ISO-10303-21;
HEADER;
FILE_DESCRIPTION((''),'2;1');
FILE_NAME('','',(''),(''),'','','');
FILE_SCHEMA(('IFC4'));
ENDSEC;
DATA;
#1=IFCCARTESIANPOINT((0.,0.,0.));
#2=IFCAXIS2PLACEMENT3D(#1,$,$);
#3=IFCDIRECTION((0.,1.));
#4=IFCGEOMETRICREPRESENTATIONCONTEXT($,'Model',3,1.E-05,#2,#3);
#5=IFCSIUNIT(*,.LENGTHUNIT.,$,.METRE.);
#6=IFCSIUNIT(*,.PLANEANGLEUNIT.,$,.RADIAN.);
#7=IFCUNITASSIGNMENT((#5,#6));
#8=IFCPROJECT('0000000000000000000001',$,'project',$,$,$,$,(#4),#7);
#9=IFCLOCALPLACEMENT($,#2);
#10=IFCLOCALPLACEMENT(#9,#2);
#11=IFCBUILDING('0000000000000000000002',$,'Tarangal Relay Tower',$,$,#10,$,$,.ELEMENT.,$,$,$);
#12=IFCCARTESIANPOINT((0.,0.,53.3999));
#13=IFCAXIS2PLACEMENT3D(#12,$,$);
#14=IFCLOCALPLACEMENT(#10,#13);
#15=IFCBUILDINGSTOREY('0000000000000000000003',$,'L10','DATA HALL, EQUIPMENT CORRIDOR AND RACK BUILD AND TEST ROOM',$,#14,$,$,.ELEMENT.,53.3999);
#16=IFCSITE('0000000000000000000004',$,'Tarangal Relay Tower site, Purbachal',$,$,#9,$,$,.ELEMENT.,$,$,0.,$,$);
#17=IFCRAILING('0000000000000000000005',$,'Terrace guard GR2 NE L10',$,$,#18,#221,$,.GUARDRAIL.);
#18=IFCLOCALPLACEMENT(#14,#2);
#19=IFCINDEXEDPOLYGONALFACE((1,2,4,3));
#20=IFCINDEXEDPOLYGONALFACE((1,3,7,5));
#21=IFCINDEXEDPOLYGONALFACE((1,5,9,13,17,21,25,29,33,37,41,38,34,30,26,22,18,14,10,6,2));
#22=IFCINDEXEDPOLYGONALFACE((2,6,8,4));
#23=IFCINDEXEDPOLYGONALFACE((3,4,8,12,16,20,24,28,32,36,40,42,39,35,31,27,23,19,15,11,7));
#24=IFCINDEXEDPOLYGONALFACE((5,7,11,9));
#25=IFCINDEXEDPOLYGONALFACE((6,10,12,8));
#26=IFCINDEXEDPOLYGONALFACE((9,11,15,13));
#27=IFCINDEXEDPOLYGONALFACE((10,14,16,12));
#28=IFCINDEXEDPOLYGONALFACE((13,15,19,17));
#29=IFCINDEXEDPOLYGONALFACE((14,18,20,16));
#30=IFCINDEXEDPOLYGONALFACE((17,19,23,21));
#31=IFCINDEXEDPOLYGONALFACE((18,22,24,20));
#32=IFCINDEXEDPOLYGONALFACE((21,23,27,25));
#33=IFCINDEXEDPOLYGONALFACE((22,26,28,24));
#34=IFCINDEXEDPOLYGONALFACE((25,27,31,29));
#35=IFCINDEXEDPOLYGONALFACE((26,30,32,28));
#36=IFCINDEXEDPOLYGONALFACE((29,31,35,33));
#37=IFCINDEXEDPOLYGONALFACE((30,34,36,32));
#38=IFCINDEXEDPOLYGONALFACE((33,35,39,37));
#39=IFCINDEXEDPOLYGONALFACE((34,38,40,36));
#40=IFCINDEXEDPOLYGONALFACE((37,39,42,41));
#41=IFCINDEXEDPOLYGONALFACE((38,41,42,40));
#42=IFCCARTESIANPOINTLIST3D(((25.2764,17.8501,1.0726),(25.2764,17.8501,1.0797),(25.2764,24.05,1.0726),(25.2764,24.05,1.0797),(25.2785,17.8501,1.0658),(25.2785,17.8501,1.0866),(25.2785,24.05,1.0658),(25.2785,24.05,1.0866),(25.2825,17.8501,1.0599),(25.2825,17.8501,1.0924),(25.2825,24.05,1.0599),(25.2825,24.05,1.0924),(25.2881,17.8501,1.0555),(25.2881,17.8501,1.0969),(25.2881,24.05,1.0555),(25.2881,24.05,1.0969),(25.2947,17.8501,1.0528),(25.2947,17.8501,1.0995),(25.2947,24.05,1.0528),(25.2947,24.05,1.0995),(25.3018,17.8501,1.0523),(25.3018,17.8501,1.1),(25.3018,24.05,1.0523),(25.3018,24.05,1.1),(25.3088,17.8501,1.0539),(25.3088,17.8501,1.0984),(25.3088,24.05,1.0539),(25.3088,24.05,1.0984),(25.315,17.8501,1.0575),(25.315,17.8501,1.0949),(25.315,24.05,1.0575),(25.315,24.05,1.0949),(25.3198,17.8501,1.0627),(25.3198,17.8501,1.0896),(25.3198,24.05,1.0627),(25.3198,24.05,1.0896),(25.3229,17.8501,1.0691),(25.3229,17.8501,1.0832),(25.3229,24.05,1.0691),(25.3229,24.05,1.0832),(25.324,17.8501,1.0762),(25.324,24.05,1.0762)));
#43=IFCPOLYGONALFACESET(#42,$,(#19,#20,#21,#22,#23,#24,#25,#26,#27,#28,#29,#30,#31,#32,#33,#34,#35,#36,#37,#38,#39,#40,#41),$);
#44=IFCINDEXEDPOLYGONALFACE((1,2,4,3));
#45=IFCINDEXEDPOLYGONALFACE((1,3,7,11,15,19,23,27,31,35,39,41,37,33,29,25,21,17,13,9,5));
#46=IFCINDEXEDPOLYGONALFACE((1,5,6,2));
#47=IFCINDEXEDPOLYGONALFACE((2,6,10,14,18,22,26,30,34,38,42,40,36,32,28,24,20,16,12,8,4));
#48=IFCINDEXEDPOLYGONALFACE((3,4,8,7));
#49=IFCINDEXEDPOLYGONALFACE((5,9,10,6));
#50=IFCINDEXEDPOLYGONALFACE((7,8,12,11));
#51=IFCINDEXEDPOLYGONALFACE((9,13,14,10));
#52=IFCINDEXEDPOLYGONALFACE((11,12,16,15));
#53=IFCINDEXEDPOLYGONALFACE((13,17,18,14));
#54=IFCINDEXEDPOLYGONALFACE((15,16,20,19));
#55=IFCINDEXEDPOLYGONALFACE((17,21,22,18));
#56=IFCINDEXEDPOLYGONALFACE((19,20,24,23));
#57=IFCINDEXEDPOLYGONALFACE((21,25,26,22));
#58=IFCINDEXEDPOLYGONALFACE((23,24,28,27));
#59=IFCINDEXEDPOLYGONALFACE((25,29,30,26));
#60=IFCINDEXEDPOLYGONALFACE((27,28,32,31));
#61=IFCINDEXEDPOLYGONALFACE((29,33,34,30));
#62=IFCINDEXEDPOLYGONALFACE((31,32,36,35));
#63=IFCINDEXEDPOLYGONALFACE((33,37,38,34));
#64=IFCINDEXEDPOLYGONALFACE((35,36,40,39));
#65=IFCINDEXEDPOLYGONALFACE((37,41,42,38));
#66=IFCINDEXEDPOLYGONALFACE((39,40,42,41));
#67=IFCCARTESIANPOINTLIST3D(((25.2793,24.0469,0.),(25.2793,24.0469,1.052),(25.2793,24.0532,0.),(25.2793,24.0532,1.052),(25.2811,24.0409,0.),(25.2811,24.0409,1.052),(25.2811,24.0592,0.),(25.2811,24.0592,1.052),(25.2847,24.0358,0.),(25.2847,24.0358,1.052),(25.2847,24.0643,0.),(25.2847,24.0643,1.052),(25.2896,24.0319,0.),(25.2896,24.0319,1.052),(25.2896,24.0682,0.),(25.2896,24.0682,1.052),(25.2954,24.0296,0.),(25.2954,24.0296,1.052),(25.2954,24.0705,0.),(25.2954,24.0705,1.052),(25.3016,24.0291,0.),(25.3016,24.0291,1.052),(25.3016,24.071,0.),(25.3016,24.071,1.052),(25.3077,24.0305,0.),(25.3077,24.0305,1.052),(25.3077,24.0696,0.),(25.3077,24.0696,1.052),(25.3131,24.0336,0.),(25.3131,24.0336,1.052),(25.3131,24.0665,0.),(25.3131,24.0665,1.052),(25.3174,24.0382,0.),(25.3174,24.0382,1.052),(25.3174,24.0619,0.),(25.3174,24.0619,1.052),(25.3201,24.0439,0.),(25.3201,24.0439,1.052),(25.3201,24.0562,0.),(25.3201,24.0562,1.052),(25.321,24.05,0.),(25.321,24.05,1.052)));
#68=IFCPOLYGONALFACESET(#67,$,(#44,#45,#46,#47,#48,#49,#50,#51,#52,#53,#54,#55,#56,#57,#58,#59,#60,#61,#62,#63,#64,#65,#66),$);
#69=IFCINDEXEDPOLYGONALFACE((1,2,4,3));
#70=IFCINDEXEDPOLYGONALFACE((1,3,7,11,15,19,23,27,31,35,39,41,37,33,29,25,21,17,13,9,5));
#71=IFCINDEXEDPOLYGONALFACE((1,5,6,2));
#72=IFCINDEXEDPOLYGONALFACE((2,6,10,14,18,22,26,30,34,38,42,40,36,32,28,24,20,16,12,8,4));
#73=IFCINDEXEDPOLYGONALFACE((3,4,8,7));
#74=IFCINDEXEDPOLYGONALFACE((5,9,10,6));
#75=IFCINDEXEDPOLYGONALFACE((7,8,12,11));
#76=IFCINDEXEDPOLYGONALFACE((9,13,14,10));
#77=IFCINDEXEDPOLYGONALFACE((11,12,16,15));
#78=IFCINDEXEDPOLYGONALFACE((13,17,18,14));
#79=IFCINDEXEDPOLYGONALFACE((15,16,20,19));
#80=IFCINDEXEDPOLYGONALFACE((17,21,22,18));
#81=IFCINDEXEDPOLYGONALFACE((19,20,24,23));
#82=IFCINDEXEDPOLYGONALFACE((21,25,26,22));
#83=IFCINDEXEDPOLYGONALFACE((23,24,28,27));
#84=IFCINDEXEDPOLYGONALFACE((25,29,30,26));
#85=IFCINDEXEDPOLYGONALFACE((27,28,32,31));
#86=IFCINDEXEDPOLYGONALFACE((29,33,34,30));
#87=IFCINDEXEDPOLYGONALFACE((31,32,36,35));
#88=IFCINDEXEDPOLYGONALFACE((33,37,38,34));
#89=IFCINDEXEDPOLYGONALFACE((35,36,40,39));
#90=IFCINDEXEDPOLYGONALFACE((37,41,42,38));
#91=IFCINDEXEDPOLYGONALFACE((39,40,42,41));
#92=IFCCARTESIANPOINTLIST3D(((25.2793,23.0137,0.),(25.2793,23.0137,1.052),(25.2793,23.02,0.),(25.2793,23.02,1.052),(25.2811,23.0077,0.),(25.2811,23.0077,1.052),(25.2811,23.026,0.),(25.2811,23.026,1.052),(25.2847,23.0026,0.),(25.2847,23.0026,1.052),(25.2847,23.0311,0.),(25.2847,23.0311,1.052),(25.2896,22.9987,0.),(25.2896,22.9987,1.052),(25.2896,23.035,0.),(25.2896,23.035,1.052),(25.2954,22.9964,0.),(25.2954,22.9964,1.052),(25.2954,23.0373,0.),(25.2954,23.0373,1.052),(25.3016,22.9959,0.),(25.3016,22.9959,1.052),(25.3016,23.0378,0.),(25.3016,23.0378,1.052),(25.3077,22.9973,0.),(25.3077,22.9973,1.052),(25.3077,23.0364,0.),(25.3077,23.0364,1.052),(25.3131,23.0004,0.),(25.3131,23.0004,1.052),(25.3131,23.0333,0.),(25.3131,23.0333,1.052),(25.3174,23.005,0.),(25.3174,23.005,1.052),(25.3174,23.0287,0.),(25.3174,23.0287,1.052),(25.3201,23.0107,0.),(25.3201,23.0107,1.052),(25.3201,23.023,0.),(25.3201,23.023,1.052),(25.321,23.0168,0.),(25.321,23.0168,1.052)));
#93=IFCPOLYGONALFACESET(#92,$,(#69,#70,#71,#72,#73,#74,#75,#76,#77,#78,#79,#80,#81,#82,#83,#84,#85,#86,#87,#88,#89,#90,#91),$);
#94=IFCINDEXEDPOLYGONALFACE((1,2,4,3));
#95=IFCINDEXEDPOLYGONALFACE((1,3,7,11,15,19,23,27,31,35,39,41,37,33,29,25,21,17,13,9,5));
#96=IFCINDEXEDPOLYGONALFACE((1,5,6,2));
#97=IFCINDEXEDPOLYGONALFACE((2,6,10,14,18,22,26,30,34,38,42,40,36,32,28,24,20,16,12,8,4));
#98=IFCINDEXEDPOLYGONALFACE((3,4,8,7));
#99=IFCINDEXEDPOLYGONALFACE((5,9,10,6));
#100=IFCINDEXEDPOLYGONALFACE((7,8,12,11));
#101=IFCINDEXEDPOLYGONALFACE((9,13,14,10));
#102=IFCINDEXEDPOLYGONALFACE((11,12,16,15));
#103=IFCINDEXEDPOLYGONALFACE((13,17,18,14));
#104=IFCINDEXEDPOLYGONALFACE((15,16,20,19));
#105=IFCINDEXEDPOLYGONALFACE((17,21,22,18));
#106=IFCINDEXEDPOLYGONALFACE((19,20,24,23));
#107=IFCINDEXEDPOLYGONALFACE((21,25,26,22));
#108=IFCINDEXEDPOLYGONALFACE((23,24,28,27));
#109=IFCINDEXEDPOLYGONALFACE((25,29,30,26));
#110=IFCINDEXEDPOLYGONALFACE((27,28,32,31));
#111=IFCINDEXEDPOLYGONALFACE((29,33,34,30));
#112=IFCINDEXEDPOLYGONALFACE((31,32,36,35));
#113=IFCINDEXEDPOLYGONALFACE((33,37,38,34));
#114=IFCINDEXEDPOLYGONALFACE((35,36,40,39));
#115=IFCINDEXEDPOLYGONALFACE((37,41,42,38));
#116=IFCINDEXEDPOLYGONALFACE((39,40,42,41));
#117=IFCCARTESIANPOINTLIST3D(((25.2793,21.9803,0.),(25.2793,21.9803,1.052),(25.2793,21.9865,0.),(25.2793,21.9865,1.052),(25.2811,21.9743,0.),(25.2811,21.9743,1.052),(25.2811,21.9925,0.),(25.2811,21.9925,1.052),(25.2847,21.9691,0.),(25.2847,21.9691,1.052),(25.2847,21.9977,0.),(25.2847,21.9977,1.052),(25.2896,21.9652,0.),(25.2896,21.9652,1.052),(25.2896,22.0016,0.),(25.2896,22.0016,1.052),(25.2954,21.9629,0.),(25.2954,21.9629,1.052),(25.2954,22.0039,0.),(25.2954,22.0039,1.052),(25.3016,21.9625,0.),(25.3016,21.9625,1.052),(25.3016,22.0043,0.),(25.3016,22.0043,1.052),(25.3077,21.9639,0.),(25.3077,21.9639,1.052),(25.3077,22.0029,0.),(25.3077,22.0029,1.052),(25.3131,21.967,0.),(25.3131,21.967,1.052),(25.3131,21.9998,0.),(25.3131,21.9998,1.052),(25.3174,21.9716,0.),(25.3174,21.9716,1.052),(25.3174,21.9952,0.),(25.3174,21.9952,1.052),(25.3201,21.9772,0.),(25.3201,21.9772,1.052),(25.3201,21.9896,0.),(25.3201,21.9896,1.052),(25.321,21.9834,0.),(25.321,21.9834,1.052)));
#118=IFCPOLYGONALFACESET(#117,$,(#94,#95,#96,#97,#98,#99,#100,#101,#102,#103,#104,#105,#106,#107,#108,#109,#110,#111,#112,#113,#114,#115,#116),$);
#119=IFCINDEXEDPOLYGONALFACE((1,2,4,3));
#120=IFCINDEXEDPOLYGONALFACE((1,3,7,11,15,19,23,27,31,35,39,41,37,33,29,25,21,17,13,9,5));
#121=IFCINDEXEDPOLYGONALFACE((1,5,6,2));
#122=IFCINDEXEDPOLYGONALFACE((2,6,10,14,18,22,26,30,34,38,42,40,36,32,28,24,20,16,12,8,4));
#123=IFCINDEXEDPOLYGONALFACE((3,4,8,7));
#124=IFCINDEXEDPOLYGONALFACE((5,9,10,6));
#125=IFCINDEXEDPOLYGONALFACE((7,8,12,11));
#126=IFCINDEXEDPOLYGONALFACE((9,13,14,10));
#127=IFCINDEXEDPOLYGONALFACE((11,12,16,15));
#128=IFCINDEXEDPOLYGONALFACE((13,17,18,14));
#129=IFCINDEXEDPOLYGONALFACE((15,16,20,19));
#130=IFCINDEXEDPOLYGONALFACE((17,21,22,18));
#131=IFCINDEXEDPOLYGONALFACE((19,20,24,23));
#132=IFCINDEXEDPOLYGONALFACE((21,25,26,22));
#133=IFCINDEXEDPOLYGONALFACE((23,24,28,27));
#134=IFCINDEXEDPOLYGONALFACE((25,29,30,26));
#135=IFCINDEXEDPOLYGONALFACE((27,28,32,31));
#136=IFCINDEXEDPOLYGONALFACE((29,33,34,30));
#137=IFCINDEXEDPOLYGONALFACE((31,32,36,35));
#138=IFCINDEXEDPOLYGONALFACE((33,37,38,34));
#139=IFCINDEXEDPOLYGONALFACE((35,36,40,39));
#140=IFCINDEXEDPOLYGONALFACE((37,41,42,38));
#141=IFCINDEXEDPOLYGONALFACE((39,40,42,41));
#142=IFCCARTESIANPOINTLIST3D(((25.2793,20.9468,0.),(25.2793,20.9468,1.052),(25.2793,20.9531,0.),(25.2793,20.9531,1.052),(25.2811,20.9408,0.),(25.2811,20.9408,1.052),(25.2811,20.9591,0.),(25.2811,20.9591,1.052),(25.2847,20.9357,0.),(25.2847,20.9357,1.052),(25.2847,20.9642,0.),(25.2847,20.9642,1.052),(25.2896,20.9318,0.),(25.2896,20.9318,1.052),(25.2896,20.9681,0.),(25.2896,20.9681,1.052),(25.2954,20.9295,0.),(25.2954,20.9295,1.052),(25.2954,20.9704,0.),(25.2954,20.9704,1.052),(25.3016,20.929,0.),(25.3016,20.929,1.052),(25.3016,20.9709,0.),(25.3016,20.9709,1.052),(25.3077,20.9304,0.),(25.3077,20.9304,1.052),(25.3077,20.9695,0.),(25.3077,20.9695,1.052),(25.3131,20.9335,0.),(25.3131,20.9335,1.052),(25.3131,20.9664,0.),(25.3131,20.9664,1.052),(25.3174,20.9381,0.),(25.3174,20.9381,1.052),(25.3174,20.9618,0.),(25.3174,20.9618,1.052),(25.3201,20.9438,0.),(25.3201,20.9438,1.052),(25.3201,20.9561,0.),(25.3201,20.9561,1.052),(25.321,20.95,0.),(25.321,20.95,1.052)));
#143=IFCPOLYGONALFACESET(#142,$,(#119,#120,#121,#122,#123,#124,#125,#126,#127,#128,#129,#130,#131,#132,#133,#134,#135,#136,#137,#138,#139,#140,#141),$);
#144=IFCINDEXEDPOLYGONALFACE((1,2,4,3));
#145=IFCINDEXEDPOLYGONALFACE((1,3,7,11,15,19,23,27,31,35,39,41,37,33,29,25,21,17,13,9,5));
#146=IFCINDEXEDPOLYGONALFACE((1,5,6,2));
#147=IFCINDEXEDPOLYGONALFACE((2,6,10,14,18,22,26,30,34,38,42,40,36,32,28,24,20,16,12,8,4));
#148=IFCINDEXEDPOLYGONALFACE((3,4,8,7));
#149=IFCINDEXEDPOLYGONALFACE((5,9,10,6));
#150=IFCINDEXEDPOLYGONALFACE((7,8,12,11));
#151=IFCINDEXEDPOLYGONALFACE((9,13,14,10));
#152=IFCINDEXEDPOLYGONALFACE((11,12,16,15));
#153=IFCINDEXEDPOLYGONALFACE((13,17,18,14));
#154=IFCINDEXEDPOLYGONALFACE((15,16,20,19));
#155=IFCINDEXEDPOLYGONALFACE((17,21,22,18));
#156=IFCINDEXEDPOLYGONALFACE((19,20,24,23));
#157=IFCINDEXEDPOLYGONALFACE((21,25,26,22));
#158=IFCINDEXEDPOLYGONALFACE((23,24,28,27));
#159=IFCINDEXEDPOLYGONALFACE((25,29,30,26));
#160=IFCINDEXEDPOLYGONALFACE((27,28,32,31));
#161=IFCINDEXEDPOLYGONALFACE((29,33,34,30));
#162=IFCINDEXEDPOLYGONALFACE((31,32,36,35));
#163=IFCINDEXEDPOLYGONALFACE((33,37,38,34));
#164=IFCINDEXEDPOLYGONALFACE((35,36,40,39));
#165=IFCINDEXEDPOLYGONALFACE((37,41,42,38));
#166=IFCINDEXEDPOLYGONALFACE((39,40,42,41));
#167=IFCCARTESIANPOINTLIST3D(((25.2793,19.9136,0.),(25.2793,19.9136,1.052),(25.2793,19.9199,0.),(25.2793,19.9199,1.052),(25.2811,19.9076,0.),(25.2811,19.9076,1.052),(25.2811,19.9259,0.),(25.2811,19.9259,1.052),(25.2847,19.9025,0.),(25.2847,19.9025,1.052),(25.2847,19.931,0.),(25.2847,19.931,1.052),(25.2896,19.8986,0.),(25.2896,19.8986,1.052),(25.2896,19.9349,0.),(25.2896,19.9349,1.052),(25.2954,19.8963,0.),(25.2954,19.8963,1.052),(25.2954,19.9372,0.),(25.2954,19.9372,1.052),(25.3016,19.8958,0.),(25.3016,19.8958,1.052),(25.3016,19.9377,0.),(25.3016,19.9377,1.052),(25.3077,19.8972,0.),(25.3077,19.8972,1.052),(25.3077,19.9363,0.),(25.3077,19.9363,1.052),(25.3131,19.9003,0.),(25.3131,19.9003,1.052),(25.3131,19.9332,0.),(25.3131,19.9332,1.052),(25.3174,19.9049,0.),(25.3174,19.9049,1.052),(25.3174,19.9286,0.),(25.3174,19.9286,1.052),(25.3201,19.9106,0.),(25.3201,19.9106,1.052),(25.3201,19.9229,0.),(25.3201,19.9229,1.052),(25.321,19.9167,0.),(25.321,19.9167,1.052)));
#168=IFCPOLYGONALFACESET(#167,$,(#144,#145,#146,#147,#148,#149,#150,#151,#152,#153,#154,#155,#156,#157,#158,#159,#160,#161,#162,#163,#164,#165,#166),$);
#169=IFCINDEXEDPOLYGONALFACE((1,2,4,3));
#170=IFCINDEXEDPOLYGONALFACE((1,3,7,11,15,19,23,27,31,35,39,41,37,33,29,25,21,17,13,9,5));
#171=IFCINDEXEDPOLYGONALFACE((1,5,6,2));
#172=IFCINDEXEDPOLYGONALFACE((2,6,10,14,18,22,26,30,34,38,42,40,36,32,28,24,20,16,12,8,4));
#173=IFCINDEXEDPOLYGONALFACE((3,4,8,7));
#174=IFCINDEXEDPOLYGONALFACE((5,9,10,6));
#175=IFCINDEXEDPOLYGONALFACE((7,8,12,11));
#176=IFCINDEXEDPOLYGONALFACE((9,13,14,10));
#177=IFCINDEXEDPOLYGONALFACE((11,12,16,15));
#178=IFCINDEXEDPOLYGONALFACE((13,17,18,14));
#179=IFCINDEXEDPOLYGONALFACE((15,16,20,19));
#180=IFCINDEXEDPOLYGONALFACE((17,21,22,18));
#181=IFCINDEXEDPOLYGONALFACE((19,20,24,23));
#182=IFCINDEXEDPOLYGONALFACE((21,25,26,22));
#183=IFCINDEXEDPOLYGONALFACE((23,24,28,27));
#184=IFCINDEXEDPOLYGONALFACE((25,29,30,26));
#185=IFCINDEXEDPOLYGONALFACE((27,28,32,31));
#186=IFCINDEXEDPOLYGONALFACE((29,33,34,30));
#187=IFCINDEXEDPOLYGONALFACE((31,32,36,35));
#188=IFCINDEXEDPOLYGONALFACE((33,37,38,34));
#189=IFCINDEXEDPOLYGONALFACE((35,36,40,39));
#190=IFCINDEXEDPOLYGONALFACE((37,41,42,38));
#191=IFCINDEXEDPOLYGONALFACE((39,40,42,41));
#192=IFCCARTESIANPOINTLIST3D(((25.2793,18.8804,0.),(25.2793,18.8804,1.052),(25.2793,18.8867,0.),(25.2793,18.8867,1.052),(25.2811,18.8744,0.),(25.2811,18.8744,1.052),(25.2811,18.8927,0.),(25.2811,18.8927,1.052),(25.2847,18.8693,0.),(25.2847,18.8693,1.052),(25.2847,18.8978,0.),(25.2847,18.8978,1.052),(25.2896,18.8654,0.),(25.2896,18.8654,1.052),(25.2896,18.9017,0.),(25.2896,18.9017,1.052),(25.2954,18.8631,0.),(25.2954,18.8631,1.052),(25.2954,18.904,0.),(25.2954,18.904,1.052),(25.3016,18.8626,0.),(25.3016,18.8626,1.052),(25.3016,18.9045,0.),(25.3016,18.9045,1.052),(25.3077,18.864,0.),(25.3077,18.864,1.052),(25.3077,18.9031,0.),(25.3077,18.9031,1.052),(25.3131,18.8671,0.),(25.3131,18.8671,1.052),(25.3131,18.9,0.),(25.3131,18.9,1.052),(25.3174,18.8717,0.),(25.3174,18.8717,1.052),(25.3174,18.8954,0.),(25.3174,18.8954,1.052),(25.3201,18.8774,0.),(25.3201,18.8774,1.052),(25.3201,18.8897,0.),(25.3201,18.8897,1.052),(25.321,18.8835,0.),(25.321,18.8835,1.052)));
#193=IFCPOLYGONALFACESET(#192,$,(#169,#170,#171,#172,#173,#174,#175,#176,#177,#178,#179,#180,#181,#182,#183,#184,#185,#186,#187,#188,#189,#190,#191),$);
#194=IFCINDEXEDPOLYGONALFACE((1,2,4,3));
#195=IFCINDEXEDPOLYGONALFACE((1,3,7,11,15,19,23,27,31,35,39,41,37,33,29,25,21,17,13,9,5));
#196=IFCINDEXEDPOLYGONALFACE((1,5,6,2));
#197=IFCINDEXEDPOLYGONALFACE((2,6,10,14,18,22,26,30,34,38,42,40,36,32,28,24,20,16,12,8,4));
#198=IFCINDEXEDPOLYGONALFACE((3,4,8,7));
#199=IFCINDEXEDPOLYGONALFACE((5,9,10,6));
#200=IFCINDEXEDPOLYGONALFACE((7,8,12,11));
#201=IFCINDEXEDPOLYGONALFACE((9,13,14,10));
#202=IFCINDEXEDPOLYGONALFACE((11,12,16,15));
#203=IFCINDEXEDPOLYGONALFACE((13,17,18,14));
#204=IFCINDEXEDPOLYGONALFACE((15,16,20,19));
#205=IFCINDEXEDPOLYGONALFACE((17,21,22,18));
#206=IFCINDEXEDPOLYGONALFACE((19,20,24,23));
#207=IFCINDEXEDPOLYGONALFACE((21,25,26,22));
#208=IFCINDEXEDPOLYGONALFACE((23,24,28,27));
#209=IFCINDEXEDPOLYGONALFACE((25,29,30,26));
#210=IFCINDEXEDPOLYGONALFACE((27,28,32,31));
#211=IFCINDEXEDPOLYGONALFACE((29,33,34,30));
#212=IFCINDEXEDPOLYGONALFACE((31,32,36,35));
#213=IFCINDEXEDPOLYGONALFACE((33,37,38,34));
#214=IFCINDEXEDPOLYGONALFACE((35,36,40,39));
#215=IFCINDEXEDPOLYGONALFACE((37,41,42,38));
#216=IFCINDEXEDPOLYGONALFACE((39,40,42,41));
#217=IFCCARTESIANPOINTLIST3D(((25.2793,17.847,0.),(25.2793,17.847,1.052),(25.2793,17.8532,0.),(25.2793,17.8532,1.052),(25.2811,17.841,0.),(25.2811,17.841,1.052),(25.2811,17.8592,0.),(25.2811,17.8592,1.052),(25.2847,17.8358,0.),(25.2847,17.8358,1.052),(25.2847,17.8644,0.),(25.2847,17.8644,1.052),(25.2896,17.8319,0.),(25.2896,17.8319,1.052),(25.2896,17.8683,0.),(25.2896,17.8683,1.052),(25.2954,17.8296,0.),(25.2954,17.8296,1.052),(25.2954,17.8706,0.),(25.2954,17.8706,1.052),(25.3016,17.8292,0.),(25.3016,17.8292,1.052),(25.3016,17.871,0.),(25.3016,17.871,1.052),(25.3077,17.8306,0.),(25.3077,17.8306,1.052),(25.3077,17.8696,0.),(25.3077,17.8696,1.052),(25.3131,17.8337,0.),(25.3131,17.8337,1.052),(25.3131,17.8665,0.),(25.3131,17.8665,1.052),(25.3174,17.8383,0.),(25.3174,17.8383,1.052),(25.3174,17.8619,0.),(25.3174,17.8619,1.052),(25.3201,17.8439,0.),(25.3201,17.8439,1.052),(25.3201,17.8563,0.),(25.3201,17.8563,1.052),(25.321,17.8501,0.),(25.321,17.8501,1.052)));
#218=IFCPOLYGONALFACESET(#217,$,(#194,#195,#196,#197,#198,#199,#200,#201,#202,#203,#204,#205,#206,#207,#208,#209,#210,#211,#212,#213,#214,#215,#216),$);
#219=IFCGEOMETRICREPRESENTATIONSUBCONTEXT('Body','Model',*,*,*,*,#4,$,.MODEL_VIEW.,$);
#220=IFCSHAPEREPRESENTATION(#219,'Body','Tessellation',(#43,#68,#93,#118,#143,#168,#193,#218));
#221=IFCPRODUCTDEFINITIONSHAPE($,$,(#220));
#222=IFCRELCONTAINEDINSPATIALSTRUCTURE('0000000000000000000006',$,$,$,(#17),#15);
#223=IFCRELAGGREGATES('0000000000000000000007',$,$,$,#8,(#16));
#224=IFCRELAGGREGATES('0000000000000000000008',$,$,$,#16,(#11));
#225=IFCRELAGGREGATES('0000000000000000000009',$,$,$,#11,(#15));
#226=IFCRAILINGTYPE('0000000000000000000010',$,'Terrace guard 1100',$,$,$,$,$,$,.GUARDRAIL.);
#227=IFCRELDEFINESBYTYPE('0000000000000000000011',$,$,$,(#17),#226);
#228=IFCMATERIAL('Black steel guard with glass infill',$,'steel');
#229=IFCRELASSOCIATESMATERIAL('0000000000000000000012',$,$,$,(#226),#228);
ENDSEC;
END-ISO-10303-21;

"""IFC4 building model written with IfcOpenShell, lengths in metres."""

from ifc_helpers import new_model, si_unit, direction, frame, origin, origin_2d, place, context, subcontext, project, spatial, circle, extrude, material, type_object, element, save


model = new_model("IFC4")

# Units and contexts
model_context = context("Model", 3, precision=1e-05, world=origin(), true_north=direction((0.0, 1.0)))
body_context = subcontext(model_context, "Body", "Model", "MODEL_VIEW")
ifc_project = project(units=[si_unit("LENGTHUNIT", "METRE"), si_unit("PLANEANGLEUNIT", "RADIAN")], contexts=[model_context])

# Site, building, storey
site_placement = place(None, origin())
site = spatial("IfcSite", under=ifc_project, at=site_placement, Name="Tarangal Relay Tower site, Purbachal", CompositionType="ELEMENT", RefElevation=0.0)
building_placement = place(site_placement, origin())
building = spatial("IfcBuilding", under=site, at=building_placement, Name="Tarangal Relay Tower", CompositionType="ELEMENT")
storey_placement = place(building_placement, frame((0.0, 0.0, 53.3999)))
storey = spatial("IfcBuildingStorey", under=building, at=storey_placement, Name="L10", Description="DATA HALL, EQUIPMENT CORRIDOR AND RACK BUILD AND TEST ROOM", CompositionType="ELEMENT", Elevation=53.3999)

# Railing
ifc_material_1 = material(Name="Black steel guard with glass infill", Category="steel")
railing_type_1 = type_object("IfcRailingType", Name="Terrace guard 1100", PredefinedType="GUARDRAIL", material=ifc_material_1)
railing_1_placement = place(storey_placement, frame((25.3, 24.05, 0.0)))
element("IfcRailing", 1, at=railing_1_placement, inside=storey, type_object=railing_type_1, Name="Terrace guard GR2 NE L10", PredefinedType="GUARDRAIL", context=body_context, shape_type="SweptSolid", body=[
    extrude(circle(Radius=0.0239, at=origin_2d()), frame((0.0, 0.0, 1.0762), z_axis=(0.0, -1.0, 0.0), x_axis=(1.0, 0.0, 0.0)), (0.0, 0.0, 1.0), 6.2),
    extrude(circle(Radius=0.021, at=origin_2d()), origin(), (0.0, 0.0, 1.0), 1.052),
    extrude(circle(Radius=0.021, at=origin_2d()), frame((0.0, -1.0332, 0.0)), (0.0, 0.0, 1.0), 1.052),
    extrude(circle(Radius=0.021, at=origin_2d()), frame((0.0, -2.0667, 0.0)), (0.0, 0.0, 1.0), 1.052),
    extrude(circle(Radius=0.021, at=origin_2d()), frame((0.0, -3.1001, 0.0)), (0.0, 0.0, 1.0), 1.052),
    extrude(circle(Radius=0.021, at=origin_2d()), frame((0.0, -4.1333, 0.0)), (0.0, 0.0, 1.0), 1.052),
    extrude(circle(Radius=0.021, at=origin_2d()), frame((0.0, -5.1665, 0.0)), (0.0, 0.0, 1.0), 1.052),
    extrude(circle(Radius=0.021, at=origin_2d()), frame((0.0, -6.2, 0.0)), (0.0, 0.0, 1.0), 1.052),
])

save(model, "model.ifc")
